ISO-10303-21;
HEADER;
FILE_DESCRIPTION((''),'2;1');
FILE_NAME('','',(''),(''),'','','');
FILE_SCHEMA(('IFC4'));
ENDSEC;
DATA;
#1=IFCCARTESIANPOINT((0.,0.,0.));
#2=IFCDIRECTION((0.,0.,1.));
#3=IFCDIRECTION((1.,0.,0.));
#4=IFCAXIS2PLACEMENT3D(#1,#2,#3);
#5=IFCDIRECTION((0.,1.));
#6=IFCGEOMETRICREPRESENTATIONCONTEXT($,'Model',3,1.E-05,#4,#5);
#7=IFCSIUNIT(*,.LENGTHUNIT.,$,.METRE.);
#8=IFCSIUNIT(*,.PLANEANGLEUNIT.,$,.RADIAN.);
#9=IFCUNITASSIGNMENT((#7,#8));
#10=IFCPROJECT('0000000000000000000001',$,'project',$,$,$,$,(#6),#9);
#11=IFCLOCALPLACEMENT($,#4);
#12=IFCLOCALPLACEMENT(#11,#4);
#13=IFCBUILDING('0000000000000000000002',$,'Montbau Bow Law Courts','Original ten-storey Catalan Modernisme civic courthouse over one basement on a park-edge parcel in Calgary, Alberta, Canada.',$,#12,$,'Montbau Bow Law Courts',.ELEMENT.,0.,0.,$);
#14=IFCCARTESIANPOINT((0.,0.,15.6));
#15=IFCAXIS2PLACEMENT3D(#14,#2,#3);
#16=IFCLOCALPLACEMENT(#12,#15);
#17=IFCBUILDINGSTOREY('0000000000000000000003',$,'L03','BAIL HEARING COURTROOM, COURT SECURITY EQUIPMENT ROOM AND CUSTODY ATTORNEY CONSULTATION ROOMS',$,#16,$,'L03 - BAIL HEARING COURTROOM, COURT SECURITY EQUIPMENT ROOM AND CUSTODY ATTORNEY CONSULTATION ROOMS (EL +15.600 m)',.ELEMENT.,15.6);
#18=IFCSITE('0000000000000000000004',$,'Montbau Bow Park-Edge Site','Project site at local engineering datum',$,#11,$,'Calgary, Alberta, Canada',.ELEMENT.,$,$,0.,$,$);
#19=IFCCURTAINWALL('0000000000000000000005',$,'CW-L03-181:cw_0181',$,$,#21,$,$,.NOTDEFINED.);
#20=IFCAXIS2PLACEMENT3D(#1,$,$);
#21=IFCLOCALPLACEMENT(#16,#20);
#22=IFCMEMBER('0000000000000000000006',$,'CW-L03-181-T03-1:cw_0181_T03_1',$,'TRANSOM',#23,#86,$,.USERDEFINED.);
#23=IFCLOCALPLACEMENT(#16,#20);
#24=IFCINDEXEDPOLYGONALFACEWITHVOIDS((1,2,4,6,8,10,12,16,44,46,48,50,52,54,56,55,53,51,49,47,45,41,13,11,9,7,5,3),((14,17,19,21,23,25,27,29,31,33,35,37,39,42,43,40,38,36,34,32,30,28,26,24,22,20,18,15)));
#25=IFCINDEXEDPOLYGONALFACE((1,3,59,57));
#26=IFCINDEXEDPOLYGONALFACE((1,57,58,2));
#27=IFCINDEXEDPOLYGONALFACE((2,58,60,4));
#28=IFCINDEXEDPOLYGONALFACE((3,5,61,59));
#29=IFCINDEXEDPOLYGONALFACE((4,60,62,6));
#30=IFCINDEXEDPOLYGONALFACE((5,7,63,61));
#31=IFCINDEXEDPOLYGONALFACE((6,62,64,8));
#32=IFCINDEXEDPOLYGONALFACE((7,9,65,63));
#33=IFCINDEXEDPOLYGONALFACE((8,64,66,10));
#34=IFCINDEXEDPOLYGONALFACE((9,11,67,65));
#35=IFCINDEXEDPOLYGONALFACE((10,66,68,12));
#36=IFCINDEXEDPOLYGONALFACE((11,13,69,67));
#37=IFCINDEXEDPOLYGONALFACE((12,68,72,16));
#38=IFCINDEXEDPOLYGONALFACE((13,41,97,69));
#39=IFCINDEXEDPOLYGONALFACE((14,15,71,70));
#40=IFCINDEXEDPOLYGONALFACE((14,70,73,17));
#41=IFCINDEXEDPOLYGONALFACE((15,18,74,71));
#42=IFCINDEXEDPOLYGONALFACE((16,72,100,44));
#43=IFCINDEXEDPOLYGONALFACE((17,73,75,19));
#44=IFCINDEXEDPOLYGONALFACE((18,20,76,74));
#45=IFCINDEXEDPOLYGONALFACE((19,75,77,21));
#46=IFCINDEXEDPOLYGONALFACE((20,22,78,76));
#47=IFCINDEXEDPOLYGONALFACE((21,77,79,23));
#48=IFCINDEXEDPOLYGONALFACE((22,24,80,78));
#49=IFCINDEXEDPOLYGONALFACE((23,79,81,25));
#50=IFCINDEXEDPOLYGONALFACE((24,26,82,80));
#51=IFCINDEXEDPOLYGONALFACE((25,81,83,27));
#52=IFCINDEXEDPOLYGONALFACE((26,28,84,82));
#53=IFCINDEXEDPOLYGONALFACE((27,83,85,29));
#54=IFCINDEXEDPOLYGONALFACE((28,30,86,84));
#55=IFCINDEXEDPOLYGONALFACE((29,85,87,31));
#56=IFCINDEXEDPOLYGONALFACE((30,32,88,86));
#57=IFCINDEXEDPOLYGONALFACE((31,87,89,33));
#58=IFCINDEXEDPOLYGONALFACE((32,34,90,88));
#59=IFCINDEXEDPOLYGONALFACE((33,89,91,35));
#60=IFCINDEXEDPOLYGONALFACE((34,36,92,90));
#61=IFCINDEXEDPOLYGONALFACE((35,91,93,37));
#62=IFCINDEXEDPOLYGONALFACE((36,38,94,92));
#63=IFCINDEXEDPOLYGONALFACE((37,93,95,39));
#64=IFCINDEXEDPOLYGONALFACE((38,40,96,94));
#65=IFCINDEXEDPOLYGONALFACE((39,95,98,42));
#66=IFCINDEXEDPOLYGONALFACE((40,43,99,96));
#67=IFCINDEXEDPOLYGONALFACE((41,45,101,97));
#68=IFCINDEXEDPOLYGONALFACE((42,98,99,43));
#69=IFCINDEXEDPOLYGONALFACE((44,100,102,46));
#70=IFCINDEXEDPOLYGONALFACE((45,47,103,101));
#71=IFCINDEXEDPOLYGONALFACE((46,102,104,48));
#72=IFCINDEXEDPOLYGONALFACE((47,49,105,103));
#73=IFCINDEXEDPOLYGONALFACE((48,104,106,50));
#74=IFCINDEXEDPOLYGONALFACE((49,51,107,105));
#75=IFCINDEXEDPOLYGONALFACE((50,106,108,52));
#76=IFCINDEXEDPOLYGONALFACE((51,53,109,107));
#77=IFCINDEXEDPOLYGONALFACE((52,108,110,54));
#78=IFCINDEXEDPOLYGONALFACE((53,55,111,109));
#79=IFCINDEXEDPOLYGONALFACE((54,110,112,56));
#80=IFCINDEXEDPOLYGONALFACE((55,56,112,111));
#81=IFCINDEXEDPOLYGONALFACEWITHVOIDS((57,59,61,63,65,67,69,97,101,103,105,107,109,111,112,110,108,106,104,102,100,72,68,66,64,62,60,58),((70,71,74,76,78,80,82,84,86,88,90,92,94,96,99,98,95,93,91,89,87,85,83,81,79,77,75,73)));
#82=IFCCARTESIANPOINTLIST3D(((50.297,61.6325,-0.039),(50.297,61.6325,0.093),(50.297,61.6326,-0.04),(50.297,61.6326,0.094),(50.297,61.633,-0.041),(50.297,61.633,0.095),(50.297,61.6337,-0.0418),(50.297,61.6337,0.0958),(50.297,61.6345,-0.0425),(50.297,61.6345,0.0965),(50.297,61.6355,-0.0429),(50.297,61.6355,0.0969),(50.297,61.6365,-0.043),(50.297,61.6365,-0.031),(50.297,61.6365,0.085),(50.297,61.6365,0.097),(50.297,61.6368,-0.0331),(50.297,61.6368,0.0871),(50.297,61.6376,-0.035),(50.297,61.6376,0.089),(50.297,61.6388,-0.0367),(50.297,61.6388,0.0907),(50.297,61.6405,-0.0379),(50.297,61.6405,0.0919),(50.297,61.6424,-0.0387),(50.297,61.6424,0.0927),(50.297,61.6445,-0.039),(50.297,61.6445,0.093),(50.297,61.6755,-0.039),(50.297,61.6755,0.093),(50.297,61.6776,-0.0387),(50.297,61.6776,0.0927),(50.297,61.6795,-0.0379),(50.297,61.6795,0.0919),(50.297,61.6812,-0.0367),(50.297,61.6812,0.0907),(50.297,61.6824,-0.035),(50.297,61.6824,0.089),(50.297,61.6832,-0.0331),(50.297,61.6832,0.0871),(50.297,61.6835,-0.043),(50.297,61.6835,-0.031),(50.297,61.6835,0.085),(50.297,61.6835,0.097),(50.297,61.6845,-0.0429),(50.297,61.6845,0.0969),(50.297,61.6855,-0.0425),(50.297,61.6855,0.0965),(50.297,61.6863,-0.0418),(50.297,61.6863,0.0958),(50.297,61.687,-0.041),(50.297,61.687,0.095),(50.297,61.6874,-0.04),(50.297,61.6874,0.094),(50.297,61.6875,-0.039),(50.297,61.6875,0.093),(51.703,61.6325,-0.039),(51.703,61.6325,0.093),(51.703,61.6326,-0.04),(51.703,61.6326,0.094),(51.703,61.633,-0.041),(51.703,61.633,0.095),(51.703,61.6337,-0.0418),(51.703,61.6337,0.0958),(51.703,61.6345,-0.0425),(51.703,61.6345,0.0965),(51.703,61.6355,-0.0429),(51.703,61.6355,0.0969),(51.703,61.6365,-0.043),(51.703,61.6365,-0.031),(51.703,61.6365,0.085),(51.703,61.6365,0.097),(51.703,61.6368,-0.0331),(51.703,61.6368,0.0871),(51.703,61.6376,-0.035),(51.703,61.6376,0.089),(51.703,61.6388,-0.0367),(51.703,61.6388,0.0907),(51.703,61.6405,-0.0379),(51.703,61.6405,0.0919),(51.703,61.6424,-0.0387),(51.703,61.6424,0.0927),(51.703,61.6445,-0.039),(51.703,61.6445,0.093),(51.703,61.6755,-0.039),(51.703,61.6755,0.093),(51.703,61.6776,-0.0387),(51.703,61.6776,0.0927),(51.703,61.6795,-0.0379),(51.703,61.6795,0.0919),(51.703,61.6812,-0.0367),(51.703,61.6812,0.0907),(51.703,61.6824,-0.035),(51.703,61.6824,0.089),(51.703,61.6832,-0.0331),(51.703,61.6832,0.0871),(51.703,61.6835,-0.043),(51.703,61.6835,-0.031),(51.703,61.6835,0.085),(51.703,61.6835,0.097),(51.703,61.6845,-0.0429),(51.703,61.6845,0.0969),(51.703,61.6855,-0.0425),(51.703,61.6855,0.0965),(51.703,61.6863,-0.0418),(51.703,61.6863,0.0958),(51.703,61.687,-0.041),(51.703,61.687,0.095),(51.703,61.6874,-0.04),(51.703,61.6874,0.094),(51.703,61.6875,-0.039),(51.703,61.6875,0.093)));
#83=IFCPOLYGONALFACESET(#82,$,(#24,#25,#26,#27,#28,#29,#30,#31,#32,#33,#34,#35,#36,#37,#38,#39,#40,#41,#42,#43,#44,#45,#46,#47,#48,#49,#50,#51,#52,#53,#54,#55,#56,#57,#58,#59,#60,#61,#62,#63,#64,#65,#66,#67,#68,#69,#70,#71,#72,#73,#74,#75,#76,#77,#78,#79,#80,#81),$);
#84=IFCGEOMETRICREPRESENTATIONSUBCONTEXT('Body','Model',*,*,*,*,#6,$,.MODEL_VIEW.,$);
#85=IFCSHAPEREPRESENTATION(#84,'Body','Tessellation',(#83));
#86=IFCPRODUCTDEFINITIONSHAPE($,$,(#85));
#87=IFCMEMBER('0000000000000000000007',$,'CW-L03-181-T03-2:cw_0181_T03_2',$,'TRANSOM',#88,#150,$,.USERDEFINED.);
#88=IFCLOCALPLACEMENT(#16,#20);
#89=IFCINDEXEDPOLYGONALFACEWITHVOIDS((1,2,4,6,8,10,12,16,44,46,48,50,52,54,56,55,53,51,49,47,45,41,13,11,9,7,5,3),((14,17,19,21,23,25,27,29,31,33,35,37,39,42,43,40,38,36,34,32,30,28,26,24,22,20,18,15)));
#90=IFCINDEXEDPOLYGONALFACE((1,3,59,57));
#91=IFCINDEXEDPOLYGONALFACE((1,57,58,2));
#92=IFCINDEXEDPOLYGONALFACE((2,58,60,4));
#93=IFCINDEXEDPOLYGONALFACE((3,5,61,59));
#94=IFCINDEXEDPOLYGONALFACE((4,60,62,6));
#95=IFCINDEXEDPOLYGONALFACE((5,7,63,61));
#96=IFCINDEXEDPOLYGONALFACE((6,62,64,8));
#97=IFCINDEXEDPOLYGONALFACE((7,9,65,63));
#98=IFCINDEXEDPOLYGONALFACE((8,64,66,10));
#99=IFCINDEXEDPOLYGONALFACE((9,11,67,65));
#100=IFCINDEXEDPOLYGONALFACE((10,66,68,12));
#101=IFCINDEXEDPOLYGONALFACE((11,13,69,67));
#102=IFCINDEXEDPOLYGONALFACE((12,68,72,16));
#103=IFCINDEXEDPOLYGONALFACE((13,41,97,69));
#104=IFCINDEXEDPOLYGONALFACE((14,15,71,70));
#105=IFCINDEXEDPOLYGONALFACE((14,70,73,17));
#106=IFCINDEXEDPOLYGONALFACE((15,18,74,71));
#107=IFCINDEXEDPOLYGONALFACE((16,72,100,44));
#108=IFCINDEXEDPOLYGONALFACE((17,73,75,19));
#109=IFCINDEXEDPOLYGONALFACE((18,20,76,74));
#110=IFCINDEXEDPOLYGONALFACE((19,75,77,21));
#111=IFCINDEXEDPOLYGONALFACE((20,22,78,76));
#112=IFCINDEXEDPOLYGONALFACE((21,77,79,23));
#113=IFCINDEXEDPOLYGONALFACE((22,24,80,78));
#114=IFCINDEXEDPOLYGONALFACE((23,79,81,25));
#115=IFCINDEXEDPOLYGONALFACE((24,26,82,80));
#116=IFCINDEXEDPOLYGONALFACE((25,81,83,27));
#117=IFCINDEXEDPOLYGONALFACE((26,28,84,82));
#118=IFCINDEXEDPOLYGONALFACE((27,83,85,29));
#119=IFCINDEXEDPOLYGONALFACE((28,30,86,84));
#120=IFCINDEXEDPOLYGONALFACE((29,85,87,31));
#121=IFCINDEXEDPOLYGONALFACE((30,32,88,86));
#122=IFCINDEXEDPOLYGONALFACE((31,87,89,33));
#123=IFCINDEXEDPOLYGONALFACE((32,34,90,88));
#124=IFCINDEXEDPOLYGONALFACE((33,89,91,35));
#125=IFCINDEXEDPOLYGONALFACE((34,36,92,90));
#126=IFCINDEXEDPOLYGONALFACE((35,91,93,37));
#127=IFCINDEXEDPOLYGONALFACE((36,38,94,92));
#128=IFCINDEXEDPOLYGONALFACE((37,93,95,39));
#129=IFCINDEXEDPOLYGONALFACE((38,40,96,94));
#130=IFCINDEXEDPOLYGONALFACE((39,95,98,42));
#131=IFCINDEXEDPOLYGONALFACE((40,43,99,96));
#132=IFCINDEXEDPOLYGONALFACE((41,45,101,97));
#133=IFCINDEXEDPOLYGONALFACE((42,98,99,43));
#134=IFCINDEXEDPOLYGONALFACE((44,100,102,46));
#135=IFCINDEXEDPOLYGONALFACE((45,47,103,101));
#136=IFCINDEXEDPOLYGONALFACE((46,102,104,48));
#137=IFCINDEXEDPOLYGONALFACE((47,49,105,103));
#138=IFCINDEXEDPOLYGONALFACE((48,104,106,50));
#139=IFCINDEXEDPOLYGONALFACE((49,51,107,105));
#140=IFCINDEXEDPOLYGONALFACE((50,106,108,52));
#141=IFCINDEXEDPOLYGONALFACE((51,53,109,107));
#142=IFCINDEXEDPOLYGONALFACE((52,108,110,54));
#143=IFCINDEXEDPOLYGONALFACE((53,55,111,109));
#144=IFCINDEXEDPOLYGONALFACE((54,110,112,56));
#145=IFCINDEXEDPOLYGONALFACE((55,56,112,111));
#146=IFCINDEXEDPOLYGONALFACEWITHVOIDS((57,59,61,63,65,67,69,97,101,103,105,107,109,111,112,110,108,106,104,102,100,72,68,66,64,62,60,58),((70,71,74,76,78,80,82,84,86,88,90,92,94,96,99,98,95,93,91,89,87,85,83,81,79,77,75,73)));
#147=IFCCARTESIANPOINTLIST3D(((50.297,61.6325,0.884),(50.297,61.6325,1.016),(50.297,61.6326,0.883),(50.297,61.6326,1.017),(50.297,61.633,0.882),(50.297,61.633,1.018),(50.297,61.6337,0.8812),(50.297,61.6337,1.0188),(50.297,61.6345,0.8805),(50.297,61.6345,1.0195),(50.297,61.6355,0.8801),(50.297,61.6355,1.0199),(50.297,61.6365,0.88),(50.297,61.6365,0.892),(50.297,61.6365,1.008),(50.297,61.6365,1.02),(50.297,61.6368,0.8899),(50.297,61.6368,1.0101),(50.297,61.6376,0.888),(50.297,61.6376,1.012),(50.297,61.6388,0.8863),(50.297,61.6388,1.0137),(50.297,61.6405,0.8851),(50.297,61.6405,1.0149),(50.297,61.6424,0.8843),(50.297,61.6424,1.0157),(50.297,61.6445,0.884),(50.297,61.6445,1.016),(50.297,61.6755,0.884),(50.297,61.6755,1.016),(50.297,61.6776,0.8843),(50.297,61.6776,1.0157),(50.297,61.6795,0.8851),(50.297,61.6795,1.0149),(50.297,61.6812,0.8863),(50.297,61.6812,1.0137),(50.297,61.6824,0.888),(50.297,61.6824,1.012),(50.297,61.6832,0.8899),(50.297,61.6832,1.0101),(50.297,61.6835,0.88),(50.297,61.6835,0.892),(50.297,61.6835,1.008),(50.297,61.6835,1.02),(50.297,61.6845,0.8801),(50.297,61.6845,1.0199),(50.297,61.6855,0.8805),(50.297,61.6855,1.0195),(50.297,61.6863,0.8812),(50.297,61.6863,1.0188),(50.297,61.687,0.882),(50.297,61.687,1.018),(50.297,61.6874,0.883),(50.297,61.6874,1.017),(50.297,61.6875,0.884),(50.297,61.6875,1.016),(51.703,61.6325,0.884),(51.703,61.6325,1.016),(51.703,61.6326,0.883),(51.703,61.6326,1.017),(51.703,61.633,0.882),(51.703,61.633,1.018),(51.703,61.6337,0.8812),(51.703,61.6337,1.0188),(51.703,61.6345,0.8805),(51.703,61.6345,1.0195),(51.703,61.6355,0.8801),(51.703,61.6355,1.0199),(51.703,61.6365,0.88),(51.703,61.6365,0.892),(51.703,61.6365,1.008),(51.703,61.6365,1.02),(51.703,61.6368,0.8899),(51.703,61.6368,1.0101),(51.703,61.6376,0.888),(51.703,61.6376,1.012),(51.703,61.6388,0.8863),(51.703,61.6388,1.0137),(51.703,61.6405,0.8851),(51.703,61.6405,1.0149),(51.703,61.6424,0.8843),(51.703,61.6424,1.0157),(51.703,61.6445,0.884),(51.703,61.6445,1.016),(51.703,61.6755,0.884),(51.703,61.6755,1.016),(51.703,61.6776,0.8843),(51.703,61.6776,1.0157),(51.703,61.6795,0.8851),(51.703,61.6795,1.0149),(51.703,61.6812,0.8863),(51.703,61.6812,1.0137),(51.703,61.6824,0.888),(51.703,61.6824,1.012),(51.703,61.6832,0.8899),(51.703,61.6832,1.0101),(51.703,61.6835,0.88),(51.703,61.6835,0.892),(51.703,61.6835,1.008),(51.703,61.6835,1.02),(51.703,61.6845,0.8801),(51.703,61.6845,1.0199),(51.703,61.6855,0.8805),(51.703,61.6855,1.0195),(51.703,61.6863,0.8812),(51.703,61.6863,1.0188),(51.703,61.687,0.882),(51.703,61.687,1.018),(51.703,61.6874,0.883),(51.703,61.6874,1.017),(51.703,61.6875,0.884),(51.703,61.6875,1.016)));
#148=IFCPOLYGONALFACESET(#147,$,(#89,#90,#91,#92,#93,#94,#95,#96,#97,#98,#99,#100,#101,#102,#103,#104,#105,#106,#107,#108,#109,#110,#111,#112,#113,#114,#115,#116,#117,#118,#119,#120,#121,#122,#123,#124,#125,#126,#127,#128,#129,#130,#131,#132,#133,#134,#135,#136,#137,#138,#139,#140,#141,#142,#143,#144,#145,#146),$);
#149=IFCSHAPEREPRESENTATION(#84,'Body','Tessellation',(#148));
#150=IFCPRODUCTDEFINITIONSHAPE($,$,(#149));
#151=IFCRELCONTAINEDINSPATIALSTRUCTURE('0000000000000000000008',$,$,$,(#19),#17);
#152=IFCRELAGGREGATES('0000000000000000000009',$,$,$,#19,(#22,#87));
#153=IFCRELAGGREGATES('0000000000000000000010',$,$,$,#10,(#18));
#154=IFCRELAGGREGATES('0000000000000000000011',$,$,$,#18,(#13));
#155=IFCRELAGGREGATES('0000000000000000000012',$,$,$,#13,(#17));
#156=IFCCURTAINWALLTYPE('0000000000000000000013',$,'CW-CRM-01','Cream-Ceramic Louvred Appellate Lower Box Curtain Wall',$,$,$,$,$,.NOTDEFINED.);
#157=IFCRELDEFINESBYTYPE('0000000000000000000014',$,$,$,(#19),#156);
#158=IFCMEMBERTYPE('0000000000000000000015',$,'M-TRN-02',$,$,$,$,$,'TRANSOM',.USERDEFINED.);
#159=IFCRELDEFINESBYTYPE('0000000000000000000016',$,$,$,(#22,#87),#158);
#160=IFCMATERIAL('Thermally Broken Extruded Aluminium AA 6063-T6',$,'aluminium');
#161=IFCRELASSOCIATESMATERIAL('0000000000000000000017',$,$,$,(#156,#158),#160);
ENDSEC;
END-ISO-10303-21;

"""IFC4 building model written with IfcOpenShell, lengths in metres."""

from ifc_helpers import new_model, si_unit, direction, frame, origin_with_axes, origin_2d_with_axis, place, context, subcontext, project, spatial, hollow_rectangle, extrude, material, material_profile, profile_set, type_object, element, aggregate, save


model = new_model("IFC4")

# Units and contexts
model_context = context("Model", 3, precision=1e-05, world=origin_with_axes(), true_north=direction((0.0, 1.0)))
body_context = subcontext(model_context, "Body", "Model", "MODEL_VIEW")
ifc_project = project(units=[si_unit("LENGTHUNIT", "METRE"), si_unit("PLANEANGLEUNIT", "RADIAN")], contexts=[model_context])

# Site, building, storey
site_placement = place(None, origin_with_axes())
site = spatial("IfcSite", under=ifc_project, at=site_placement, Name="Montbau Bow Park-Edge Site", Description="Project site at local engineering datum", LongName="Calgary, Alberta, Canada", CompositionType="ELEMENT", RefElevation=0.0)
building_placement = place(site_placement, origin_with_axes())
building = spatial("IfcBuilding", under=site, at=building_placement, Name="Montbau Bow Law Courts", Description="Original ten-storey Catalan Modernisme civic courthouse over one basement on a park-edge parcel in Calgary, Alberta, Canada.", LongName="Montbau Bow Law Courts", CompositionType="ELEMENT", ElevationOfRefHeight=0.0, ElevationOfTerrain=0.0)
storey_placement = place(building_placement, frame((0.0, 0.0, 15.6), z_axis=(0.0, 0.0, 1.0), x_axis=(1.0, 0.0, 0.0)))
storey = spatial("IfcBuildingStorey", under=building, at=storey_placement, Name="L03", Description="BAIL HEARING COURTROOM, COURT SECURITY EQUIPMENT ROOM AND CUSTODY ATTORNEY CONSULTATION ROOMS", LongName="L03 - BAIL HEARING COURTROOM, COURT SECURITY EQUIPMENT ROOM AND CUSTODY ATTORNEY CONSULTATION ROOMS (EL +15.600 m)", CompositionType="ELEMENT", Elevation=15.6)

# Curtain wall, members
ifc_material_1 = material(Name="Thermally Broken Extruded Aluminium AA 6063-T6", Category="aluminium")
curtain_wall_type = type_object("IfcCurtainWallType", Name="CW-CRM-01", Description="Cream-Ceramic Louvred Appellate Lower Box Curtain Wall", PredefinedType="NOTDEFINED", material=ifc_material_1)
curtain_wall_placement = place(None, frame((47.315, 61.66, 15.6), z_axis=(0.0, 0.0, 1.0), x_axis=(1.0, 0.0, 0.0)))
curtain_wall = element("IfcCurtainWall", 1, at=curtain_wall_placement, inside=storey, type_object=curtain_wall_type, Name="CW-L03-181:cw_0181", PredefinedType="NOTDEFINED")
ifc_material_profile_1 = material_profile(ifc_material_1, hollow_rectangle(XDim=0.055, YDim=0.14, WallThickness=0.004, InnerFilletRadius=0.008, OuterFilletRadius=0.004, at=origin_2d_with_axis()), Name="CWT-140X55", Category="Main", Priority=0)
ifc_profile_set_1 = profile_set([ifc_material_profile_1], Name="Thermally Broken Extruded Aluminium AA 6063-T6")
member_type_1 = type_object("IfcMemberType", Name="M-TRN-02", ElementType="TRANSOM", PredefinedType="USERDEFINED", material=ifc_profile_set_1)
member_1_placement = place(None, frame((50.297, 61.66, 15.627), z_axis=(1.0, 0.0, 0.0), x_axis=(0.0, 1.0, 0.0)))
member_1 = element("IfcMember", 2, at=member_1_placement, type_object=member_type_1, Name="CW-L03-181-T03-1:cw_0181_T03_1", ObjectType="TRANSOM", PredefinedType="USERDEFINED", context=body_context, shape_type="SweptSolid", body=[
    extrude(hollow_rectangle(XDim=0.055, YDim=0.14, WallThickness=0.004, InnerFilletRadius=0.008, OuterFilletRadius=0.004, at=origin_2d_with_axis()), origin_with_axes(), (0.0, 0.0, 1.0), 1.406),
])
member_2_placement = place(None, frame((50.297, 61.66, 16.55), z_axis=(1.0, 0.0, 0.0), x_axis=(0.0, 1.0, 0.0)))
member_2 = element("IfcMember", 3, at=member_2_placement, type_object=member_type_1, Name="CW-L03-181-T03-2:cw_0181_T03_2", ObjectType="TRANSOM", PredefinedType="USERDEFINED", context=body_context, shape_type="SweptSolid", body=[
    extrude(hollow_rectangle(XDim=0.055, YDim=0.14, WallThickness=0.004, InnerFilletRadius=0.008, OuterFilletRadius=0.004, at=origin_2d_with_axis()), origin_with_axes(), (0.0, 0.0, 1.0), 1.406),
])
aggregate(curtain_wall, [member_1, member_2])

save(model, "model.ifc")
